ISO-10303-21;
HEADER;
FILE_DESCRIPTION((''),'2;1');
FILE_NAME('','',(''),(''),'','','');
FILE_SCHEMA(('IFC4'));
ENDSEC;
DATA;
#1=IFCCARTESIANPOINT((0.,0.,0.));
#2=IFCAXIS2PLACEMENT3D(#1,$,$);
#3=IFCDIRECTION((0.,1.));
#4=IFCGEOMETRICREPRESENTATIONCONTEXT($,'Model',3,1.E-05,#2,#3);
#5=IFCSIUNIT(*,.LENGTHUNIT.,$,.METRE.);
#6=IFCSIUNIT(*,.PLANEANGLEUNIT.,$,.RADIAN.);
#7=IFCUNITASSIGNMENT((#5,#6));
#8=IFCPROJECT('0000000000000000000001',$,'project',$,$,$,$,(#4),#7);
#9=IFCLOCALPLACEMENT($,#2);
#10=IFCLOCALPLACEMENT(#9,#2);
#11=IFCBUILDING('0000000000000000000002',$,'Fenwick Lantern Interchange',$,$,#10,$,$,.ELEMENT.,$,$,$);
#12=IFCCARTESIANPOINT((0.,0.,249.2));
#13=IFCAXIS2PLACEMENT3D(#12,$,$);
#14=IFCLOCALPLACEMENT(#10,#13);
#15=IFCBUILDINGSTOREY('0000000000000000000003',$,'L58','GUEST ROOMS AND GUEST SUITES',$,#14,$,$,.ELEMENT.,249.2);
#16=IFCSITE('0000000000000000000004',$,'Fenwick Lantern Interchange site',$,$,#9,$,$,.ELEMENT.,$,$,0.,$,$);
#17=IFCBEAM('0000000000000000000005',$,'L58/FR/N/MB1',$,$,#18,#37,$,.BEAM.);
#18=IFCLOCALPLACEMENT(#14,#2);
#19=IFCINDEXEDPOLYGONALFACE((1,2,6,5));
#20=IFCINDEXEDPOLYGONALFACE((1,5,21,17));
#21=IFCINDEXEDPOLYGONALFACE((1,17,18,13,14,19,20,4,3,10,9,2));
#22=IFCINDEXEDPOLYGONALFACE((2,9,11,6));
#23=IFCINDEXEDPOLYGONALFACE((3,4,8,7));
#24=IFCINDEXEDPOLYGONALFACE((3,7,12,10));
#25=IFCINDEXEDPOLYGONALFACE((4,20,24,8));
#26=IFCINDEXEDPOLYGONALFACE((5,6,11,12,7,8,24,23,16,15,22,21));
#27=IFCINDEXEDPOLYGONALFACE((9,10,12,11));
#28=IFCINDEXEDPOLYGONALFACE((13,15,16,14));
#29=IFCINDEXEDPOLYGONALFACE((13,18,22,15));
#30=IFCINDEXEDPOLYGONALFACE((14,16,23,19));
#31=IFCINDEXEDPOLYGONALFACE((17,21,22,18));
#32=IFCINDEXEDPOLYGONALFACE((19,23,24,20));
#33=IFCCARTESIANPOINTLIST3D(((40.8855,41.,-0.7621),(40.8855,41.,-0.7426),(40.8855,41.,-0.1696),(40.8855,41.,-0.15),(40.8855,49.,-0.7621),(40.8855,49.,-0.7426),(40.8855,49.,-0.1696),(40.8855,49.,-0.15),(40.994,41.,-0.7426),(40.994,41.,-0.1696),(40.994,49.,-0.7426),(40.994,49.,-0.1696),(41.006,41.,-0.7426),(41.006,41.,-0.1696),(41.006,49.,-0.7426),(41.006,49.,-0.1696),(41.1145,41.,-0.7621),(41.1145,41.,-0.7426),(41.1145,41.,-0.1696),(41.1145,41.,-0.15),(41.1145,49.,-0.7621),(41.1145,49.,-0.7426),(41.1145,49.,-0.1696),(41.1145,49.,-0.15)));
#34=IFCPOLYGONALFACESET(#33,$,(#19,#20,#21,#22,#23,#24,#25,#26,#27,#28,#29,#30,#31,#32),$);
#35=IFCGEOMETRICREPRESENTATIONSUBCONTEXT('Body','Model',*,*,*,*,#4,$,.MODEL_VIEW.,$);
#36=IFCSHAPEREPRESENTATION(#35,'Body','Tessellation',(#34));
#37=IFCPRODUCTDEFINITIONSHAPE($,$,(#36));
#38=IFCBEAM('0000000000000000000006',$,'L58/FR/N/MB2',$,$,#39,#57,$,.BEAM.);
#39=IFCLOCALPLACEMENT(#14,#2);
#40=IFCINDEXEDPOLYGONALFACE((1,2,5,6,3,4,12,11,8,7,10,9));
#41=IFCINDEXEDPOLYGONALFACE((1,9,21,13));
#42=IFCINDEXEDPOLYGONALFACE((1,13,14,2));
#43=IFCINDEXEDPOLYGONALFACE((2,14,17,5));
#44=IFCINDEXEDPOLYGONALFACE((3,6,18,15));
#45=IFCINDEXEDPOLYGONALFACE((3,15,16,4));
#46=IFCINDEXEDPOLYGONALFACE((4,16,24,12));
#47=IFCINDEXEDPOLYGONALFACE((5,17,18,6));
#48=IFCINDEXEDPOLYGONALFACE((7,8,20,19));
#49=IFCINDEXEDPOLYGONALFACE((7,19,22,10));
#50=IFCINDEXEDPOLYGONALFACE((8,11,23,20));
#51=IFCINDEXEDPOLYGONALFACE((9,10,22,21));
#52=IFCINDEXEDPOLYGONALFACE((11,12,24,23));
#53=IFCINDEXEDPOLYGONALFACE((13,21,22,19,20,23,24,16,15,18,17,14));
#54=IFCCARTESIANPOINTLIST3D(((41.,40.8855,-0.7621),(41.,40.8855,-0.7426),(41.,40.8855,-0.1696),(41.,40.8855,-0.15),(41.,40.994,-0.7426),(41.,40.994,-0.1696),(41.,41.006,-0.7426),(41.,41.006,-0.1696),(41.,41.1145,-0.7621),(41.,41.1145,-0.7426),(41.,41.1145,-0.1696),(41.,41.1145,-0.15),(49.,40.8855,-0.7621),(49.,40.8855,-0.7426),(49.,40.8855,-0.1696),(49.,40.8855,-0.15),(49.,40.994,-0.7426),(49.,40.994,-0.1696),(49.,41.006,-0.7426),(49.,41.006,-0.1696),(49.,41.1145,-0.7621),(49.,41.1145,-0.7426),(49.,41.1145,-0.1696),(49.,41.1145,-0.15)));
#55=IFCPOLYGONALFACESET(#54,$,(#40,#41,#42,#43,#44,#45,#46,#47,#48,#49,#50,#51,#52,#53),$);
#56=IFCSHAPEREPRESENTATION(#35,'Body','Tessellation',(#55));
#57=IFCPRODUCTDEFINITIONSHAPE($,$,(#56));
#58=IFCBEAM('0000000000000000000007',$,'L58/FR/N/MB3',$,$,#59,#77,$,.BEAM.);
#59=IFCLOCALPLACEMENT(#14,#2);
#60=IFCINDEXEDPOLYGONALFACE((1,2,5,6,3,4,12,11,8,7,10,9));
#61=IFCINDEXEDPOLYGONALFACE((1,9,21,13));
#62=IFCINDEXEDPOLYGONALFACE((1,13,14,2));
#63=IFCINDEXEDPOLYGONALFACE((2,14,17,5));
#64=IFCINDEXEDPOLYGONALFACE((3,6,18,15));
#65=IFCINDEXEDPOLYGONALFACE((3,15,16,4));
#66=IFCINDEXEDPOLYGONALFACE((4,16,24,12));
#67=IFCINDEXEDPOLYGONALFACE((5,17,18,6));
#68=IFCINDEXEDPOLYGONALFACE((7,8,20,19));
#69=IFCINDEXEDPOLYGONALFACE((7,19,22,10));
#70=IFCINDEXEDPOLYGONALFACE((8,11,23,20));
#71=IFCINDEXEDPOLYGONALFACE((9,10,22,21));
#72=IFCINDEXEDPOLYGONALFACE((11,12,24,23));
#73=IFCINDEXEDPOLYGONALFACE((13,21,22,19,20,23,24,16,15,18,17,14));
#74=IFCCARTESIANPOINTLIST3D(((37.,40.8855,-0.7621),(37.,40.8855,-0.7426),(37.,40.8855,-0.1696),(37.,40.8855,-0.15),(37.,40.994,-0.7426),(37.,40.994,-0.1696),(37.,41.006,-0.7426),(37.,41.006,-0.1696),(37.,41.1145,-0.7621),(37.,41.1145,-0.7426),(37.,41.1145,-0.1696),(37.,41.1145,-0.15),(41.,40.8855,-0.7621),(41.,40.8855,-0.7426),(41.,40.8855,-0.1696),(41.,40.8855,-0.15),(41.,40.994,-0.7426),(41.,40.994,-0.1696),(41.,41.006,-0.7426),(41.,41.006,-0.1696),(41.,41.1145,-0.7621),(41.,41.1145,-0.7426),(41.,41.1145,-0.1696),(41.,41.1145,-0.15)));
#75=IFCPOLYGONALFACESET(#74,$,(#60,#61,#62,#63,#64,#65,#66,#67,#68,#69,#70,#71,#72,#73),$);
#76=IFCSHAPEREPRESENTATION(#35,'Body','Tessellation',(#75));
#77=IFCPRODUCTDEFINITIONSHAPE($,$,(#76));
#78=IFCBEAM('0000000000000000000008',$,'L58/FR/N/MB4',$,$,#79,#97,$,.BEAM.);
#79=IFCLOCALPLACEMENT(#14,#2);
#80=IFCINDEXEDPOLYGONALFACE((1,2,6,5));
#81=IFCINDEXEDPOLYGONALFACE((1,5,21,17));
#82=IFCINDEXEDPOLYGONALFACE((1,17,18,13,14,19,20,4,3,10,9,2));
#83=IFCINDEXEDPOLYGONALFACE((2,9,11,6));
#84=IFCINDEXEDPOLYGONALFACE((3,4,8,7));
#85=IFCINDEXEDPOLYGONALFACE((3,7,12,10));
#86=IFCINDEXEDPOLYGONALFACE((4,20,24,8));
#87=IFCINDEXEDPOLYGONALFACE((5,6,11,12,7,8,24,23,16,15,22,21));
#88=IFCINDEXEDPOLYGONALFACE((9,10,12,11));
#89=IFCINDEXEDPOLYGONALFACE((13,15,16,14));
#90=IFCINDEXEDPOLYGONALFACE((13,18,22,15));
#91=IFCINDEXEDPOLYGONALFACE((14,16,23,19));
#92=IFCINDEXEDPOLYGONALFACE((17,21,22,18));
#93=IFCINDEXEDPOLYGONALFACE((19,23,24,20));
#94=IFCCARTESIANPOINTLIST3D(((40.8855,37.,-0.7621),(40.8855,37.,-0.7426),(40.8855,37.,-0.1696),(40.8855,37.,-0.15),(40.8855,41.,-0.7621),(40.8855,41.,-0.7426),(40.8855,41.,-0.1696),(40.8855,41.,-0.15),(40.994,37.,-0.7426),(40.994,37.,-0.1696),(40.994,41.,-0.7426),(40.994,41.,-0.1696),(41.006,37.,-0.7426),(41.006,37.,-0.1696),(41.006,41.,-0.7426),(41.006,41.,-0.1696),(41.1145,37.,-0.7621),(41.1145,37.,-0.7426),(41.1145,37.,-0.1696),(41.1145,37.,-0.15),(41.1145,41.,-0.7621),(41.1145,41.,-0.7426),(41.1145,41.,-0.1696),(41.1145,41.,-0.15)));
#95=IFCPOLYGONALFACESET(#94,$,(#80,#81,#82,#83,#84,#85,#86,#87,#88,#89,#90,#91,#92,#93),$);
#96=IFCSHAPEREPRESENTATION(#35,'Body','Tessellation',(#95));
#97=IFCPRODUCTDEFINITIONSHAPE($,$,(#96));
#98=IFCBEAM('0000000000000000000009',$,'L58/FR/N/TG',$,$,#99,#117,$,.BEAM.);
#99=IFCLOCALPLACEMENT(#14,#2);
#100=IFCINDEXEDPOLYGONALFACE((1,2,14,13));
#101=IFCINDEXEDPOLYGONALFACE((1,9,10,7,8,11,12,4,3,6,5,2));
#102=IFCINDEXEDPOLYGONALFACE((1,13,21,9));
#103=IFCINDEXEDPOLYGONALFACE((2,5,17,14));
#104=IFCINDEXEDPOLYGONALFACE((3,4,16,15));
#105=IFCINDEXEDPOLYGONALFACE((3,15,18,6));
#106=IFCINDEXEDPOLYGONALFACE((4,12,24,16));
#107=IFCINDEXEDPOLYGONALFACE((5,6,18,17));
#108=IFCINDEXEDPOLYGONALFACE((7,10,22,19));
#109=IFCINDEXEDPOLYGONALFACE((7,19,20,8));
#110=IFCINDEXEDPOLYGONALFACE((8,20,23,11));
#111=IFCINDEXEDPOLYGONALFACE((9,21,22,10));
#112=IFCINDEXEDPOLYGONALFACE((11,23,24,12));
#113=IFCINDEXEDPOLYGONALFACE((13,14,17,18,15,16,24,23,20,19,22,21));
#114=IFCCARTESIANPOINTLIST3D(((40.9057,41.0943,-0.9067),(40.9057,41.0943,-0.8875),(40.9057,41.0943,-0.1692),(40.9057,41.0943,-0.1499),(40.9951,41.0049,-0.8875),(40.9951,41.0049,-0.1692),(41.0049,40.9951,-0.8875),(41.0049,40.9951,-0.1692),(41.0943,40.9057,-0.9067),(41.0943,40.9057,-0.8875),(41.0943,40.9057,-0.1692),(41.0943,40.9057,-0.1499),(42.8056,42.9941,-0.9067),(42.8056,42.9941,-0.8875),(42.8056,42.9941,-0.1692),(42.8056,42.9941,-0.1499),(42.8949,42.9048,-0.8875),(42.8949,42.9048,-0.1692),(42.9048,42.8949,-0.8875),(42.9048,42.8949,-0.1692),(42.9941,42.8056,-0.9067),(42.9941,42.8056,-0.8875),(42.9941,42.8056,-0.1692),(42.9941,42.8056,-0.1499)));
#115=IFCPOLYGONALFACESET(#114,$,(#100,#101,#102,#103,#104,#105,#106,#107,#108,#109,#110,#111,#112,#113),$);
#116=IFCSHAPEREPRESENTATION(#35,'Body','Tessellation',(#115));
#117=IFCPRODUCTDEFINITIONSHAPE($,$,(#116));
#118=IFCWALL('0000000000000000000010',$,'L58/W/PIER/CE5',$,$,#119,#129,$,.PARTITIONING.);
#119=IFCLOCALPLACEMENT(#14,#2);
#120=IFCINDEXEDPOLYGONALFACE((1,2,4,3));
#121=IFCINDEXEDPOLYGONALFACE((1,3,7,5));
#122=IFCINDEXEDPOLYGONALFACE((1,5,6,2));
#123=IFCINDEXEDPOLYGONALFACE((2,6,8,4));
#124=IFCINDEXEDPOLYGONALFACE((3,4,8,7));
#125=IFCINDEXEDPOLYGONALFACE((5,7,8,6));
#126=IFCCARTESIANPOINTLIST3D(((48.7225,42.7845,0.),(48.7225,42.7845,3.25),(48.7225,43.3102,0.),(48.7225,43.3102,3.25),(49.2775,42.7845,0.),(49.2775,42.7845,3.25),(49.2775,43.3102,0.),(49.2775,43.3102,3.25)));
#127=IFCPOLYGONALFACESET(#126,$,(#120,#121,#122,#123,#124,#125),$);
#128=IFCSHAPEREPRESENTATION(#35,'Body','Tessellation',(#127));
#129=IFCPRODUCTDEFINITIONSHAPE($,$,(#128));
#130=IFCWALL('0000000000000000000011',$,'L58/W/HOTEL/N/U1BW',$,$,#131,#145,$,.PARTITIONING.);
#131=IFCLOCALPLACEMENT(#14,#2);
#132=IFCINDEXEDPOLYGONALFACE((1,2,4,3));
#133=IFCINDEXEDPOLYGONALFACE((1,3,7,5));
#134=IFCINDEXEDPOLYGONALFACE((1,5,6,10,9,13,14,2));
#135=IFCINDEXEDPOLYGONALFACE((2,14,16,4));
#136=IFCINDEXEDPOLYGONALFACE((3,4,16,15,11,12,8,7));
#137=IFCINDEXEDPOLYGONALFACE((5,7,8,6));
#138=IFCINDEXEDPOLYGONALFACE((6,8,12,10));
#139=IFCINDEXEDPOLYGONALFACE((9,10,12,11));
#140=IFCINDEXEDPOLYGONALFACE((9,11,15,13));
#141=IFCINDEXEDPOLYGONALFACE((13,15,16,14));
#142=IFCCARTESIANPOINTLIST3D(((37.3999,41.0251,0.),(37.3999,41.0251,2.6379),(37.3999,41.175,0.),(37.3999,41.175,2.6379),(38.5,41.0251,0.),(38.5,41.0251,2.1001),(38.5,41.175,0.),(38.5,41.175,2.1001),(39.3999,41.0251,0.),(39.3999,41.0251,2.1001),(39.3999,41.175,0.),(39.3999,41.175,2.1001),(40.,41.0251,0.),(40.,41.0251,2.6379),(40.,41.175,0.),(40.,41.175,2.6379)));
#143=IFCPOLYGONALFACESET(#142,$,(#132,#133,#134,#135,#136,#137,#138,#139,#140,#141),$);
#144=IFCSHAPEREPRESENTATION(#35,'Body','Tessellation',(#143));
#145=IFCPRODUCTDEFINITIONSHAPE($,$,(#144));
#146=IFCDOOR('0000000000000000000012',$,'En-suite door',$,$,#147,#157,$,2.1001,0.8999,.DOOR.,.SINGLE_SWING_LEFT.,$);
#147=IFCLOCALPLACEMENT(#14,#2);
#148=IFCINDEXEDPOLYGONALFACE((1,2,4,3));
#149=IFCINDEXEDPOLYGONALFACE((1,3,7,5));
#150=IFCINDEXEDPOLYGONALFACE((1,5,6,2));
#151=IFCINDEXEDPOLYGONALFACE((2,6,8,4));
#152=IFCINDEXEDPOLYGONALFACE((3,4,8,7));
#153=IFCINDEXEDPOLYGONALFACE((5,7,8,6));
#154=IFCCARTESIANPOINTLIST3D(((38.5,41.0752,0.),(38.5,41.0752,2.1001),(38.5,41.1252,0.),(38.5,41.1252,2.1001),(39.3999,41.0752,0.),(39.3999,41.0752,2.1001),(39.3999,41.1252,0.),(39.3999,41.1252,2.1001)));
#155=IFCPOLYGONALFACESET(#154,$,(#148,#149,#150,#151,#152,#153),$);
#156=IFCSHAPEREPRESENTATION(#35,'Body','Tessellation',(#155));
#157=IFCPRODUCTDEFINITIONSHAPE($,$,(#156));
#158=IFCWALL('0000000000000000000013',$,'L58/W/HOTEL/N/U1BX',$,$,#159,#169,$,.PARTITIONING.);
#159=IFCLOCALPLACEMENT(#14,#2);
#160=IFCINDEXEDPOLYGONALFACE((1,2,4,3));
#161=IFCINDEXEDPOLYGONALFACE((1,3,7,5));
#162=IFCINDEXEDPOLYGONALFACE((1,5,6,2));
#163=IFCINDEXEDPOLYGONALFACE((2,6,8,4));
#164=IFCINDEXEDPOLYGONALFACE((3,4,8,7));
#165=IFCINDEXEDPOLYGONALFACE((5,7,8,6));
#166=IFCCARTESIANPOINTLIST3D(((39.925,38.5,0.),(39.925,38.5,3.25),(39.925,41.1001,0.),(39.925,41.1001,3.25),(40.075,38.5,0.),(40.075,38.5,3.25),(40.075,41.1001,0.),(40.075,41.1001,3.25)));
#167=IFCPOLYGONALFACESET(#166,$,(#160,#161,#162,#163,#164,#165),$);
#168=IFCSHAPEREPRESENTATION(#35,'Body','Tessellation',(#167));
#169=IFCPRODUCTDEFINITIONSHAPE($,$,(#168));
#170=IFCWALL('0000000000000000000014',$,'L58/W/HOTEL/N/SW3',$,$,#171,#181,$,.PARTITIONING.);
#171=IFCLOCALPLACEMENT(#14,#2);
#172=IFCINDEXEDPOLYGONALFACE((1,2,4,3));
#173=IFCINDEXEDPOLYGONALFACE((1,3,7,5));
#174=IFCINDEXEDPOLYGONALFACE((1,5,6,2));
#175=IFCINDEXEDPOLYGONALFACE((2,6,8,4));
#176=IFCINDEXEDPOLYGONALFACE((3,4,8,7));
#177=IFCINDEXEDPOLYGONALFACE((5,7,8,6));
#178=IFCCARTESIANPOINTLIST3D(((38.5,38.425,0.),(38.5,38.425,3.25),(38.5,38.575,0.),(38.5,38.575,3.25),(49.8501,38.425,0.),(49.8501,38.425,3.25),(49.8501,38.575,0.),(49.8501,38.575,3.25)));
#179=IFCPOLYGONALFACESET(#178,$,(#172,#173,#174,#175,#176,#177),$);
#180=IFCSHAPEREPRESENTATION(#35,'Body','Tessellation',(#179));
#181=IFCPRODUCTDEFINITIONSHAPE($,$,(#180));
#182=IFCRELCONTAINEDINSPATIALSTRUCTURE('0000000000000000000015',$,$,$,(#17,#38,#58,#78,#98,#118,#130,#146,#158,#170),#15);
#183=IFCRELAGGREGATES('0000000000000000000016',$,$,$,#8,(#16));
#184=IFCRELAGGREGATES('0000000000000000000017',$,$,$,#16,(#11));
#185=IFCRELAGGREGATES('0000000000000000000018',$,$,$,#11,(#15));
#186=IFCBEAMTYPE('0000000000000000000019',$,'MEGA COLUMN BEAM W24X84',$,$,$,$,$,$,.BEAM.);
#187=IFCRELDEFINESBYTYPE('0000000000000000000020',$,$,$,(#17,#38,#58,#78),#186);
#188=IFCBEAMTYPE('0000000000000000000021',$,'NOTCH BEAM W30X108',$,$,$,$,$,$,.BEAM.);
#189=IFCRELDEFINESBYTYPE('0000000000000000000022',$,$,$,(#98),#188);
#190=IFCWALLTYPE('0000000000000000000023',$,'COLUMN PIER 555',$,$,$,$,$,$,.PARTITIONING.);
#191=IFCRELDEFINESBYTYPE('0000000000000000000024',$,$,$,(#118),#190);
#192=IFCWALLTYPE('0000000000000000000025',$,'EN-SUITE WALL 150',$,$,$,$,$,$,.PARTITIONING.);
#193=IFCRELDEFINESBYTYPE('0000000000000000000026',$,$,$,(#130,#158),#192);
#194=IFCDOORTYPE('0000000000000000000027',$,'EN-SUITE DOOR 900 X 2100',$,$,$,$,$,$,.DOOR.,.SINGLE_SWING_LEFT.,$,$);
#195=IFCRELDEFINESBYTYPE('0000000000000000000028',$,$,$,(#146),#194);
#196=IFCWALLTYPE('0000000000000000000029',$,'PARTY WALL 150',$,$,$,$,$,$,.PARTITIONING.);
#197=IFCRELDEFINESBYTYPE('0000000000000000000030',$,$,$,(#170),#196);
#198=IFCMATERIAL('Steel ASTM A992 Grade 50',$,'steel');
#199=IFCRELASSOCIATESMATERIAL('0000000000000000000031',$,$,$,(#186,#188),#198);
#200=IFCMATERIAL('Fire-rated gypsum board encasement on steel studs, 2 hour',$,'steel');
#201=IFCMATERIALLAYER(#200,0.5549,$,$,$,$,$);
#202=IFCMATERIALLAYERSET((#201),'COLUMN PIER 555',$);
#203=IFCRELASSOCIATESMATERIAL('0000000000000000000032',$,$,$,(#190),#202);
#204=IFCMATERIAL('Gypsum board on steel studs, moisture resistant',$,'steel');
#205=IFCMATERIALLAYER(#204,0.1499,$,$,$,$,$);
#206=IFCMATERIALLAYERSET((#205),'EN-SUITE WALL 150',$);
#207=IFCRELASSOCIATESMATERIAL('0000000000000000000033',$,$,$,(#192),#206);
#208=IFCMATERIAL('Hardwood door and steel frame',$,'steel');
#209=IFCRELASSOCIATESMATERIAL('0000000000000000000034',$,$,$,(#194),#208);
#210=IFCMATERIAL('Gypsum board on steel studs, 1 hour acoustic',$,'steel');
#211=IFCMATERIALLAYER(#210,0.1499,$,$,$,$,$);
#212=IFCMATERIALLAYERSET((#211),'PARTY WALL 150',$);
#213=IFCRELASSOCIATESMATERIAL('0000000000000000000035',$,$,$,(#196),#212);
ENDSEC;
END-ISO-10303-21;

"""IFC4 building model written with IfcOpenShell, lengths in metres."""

from ifc_helpers import new_model, si_unit, direction, frame, frame_2d, origin, origin_2d, place, context, subcontext, project, spatial, rectangle, i_section, extrude, material, layer, layer_set, material_profile, profile_set, type_object, element, fill, save


model = new_model("IFC4")

# Units and contexts
model_context = context("Model", 3, precision=1e-05, world=origin(), true_north=direction((0.0, 1.0)))
body_context = subcontext(model_context, "Body", "Model", "MODEL_VIEW")
ifc_project = project(units=[si_unit("LENGTHUNIT", "METRE"), si_unit("PLANEANGLEUNIT", "RADIAN")], contexts=[model_context])

# Site, building, storey
site_placement = place(None, origin())
site = spatial("IfcSite", under=ifc_project, at=site_placement, Name="Fenwick Lantern Interchange site", CompositionType="ELEMENT", RefElevation=0.0)
building_placement = place(site_placement, origin())
building = spatial("IfcBuilding", under=site, at=building_placement, Name="Fenwick Lantern Interchange", CompositionType="ELEMENT")
storey_placement = place(building_placement, frame((0.0, 0.0, 249.2)))
storey = spatial("IfcBuildingStorey", under=building, at=storey_placement, Name="L58", Description="GUEST ROOMS AND GUEST SUITES", CompositionType="ELEMENT", Elevation=249.2)

# Shared definitions
ifc_material_1 = material(Name="Steel ASTM A992 Grade 50", Category="steel")

# Beams
ifc_material_profile_1 = material_profile(ifc_material_1, i_section(OverallWidth=0.229, OverallDepth=0.6121, WebThickness=0.012, FlangeThickness=0.0195, at=origin_2d()), Name="W24X84")
ifc_profile_set_1 = profile_set([ifc_material_profile_1], Name="Steel ASTM A992 Grade 50")
beam_type_1 = type_object("IfcBeamType", Name="MEGA COLUMN BEAM W24X84", PredefinedType="BEAM", material=ifc_profile_set_1)
for number, where, z_axis, x_axis, name in (
    (1, (41.0, 41.0, -0.4561), (0.0, 1.0, 0.0), (-1.0, 0.0, 0.0), "L58/FR/N/MB1"),
    (2, (41.0, 41.0, -0.4561), (1.0, 0.0, 0.0), (0.0, 1.0, 0.0), "L58/FR/N/MB2"),
):
    element("IfcBeam", number, at=place(storey_placement, frame(where, z_axis=z_axis, x_axis=x_axis)), inside=storey, type_object=beam_type_1, Name=name, PredefinedType="BEAM", context=body_context, shape_type="SweptSolid", body=[
        extrude(i_section(OverallWidth=0.229, OverallDepth=0.6121, WebThickness=0.012, FlangeThickness=0.0195, at=origin_2d()), origin(), (0.0, 0.0, 1.0), 8.0),
    ])
for number, where, z_axis, x_axis, name in (
    (3, (41.0, 41.0, -0.4561), (-1.0, 0.0, 0.0), (0.0, -1.0, 0.0), "L58/FR/N/MB3"),
    (4, (41.0, 41.0, -0.4561), (0.0, -1.0, 0.0), (1.0, 0.0, 0.0), "L58/FR/N/MB4"),
):
    element("IfcBeam", number, at=place(storey_placement, frame(where, z_axis=z_axis, x_axis=x_axis)), inside=storey, type_object=beam_type_1, Name=name, PredefinedType="BEAM", context=body_context, shape_type="SweptSolid", body=[
        extrude(i_section(OverallWidth=0.229, OverallDepth=0.6121, WebThickness=0.012, FlangeThickness=0.0195, at=origin_2d()), origin(), (0.0, 0.0, 1.0), 4.0),
    ])
ifc_material_profile_2 = material_profile(ifc_material_1, i_section(OverallWidth=0.2666, OverallDepth=0.7568, WebThickness=0.0139, FlangeThickness=0.0193, at=origin_2d()), Name="W30X108")
ifc_profile_set_2 = profile_set([ifc_material_profile_2], Name="Steel ASTM A992 Grade 50")
beam_type_2 = type_object("IfcBeamType", Name="NOTCH BEAM W30X108", PredefinedType="BEAM", material=ifc_profile_set_2)
beam_1_placement = place(storey_placement, frame((41.0, 41.0, -0.5283), z_axis=(0.707107, 0.707107, 0.0), x_axis=(-0.707107, 0.707107, 0.0)))
element("IfcBeam", 5, at=beam_1_placement, inside=storey, type_object=beam_type_2, Name="L58/FR/N/TG", PredefinedType="BEAM", context=body_context, shape_type="SweptSolid", body=[
    extrude(i_section(OverallWidth=0.2666, OverallDepth=0.7568, WebThickness=0.0139, FlangeThickness=0.0193, at=origin_2d()), origin(), (0.0, 0.0, 1.0), 2.6868),
])

# Wall
ifc_material_2 = material(Name="Fire-rated gypsum board encasement on steel studs, 2 hour", Category="steel")
ifc_layer_1 = layer(ifc_material_2, 0.5549)
ifc_layer_set_1 = layer_set([ifc_layer_1], Name="COLUMN PIER 555")
wall_type_1 = type_object("IfcWallType", Name="COLUMN PIER 555", PredefinedType="PARTITIONING", material=ifc_layer_set_1)
wall_1_placement = place(storey_placement, frame((49.0, 43.3101, 0.0), z_axis=(0.0, 0.0, 1.0), x_axis=(0.0, -1.0, 0.0)))
element("IfcWall", 6, at=wall_1_placement, inside=storey, type_object=wall_type_1, Name="L58/W/PIER/CE5", PredefinedType="PARTITIONING", context=body_context, shape_type="SweptSolid", body=[
    extrude(rectangle(XDim=0.5256, YDim=0.5549, at=frame_2d((0.2627, 0.0))), origin(), (0.0, 0.0, 1.0), 3.25),
])

# Wall, opening, door
ifc_material_3 = material(Name="Gypsum board on steel studs, moisture resistant", Category="steel")
ifc_layer_2 = layer(ifc_material_3, 0.1499)
ifc_layer_set_2 = layer_set([ifc_layer_2], Name="EN-SUITE WALL 150")
wall_type_2 = type_object("IfcWallType", Name="EN-SUITE WALL 150", PredefinedType="PARTITIONING", material=ifc_layer_set_2)
wall_2_placement = place(storey_placement, frame((40.0, 41.1001, 0.0), z_axis=(0.0, 0.0, 1.0), x_axis=(-1.0, 0.0, 0.0)))
wall_2 = element("IfcWall", 7, at=wall_2_placement, inside=storey, type_object=wall_type_2, Name="L58/W/HOTEL/N/U1BW", PredefinedType="PARTITIONING", context=body_context, shape_type="SweptSolid", body=[
    extrude(rectangle(XDim=2.6001, YDim=0.1499, at=frame_2d((1.3, 0.0))), origin(), (0.0, 0.0, 1.0), 2.6379),
])
opening_placement = place(wall_2_placement, frame((0.6001, 0.0, 0.0)))
opening = element("IfcOpeningElement", 8, at=opening_placement, cuts=wall_2, PredefinedType="OPENING", context=body_context, shape_type="SweptSolid", body=[
    extrude(rectangle(XDim=0.8999, YDim=2.1001, at=frame_2d((0.45, 1.05))), frame((0.0, 0.085, 0.0), z_axis=(0.0, -1.0, 0.0), x_axis=(1.0, 0.0, 0.0)), (0.0, 0.0, 1.0), 0.1699),
])
ifc_material_4 = material(Name="Hardwood door and steel frame", Category="steel")
door_type = type_object("IfcDoorType", Name="EN-SUITE DOOR 900 X 2100", OperationType="SINGLE_SWING_LEFT", PredefinedType="DOOR", material=ifc_material_4)
door_placement = place(opening_placement, origin())
door = element("IfcDoor", 9, at=door_placement, inside=storey, type_object=door_type, Name="En-suite door", OperationType="SINGLE_SWING_LEFT", OverallHeight=2.1001, OverallWidth=0.8999, PredefinedType="DOOR", context=body_context, shape_type="SweptSolid", body=[
    extrude(rectangle(XDim=0.8999, YDim=2.1001, at=frame_2d((0.45, 1.05))), frame((0.0, 0.0249, 0.0), z_axis=(0.0, -1.0, 0.0), x_axis=(1.0, 0.0, 0.0)), (0.0, 0.0, 1.0), 0.05),
])
fill(opening, door)

# Walls
wall_3_placement = place(storey_placement, frame((40.0, 41.1001, 0.0), z_axis=(0.0, 0.0, 1.0), x_axis=(0.0, -1.0, 0.0)))
element("IfcWall", 10, at=wall_3_placement, inside=storey, type_object=wall_type_2, Name="L58/W/HOTEL/N/U1BX", PredefinedType="PARTITIONING", context=body_context, shape_type="SweptSolid", body=[
    extrude(rectangle(XDim=2.6001, YDim=0.1499, at=frame_2d((1.3, 0.0))), origin(), (0.0, 0.0, 1.0), 3.25),
])
ifc_material_5 = material(Name="Gypsum board on steel studs, 1 hour acoustic", Category="steel")
ifc_layer_3 = layer(ifc_material_5, 0.1499)
ifc_layer_set_3 = layer_set([ifc_layer_3], Name="PARTY WALL 150")
wall_type_3 = type_object("IfcWallType", Name="PARTY WALL 150", PredefinedType="PARTITIONING", material=ifc_layer_set_3)
wall_4_placement = place(storey_placement, frame((49.8501, 38.5, 0.0), z_axis=(0.0, 0.0, 1.0), x_axis=(-1.0, 0.0, 0.0)))
element("IfcWall", 11, at=wall_4_placement, inside=storey, type_object=wall_type_3, Name="L58/W/HOTEL/N/SW3", PredefinedType="PARTITIONING", context=body_context, shape_type="SweptSolid", body=[
    extrude(rectangle(XDim=11.3501, YDim=0.1499, at=frame_2d((5.675, 0.0))), origin(), (0.0, 0.0, 1.0), 3.25),
])

save(model, "model.ifc")
